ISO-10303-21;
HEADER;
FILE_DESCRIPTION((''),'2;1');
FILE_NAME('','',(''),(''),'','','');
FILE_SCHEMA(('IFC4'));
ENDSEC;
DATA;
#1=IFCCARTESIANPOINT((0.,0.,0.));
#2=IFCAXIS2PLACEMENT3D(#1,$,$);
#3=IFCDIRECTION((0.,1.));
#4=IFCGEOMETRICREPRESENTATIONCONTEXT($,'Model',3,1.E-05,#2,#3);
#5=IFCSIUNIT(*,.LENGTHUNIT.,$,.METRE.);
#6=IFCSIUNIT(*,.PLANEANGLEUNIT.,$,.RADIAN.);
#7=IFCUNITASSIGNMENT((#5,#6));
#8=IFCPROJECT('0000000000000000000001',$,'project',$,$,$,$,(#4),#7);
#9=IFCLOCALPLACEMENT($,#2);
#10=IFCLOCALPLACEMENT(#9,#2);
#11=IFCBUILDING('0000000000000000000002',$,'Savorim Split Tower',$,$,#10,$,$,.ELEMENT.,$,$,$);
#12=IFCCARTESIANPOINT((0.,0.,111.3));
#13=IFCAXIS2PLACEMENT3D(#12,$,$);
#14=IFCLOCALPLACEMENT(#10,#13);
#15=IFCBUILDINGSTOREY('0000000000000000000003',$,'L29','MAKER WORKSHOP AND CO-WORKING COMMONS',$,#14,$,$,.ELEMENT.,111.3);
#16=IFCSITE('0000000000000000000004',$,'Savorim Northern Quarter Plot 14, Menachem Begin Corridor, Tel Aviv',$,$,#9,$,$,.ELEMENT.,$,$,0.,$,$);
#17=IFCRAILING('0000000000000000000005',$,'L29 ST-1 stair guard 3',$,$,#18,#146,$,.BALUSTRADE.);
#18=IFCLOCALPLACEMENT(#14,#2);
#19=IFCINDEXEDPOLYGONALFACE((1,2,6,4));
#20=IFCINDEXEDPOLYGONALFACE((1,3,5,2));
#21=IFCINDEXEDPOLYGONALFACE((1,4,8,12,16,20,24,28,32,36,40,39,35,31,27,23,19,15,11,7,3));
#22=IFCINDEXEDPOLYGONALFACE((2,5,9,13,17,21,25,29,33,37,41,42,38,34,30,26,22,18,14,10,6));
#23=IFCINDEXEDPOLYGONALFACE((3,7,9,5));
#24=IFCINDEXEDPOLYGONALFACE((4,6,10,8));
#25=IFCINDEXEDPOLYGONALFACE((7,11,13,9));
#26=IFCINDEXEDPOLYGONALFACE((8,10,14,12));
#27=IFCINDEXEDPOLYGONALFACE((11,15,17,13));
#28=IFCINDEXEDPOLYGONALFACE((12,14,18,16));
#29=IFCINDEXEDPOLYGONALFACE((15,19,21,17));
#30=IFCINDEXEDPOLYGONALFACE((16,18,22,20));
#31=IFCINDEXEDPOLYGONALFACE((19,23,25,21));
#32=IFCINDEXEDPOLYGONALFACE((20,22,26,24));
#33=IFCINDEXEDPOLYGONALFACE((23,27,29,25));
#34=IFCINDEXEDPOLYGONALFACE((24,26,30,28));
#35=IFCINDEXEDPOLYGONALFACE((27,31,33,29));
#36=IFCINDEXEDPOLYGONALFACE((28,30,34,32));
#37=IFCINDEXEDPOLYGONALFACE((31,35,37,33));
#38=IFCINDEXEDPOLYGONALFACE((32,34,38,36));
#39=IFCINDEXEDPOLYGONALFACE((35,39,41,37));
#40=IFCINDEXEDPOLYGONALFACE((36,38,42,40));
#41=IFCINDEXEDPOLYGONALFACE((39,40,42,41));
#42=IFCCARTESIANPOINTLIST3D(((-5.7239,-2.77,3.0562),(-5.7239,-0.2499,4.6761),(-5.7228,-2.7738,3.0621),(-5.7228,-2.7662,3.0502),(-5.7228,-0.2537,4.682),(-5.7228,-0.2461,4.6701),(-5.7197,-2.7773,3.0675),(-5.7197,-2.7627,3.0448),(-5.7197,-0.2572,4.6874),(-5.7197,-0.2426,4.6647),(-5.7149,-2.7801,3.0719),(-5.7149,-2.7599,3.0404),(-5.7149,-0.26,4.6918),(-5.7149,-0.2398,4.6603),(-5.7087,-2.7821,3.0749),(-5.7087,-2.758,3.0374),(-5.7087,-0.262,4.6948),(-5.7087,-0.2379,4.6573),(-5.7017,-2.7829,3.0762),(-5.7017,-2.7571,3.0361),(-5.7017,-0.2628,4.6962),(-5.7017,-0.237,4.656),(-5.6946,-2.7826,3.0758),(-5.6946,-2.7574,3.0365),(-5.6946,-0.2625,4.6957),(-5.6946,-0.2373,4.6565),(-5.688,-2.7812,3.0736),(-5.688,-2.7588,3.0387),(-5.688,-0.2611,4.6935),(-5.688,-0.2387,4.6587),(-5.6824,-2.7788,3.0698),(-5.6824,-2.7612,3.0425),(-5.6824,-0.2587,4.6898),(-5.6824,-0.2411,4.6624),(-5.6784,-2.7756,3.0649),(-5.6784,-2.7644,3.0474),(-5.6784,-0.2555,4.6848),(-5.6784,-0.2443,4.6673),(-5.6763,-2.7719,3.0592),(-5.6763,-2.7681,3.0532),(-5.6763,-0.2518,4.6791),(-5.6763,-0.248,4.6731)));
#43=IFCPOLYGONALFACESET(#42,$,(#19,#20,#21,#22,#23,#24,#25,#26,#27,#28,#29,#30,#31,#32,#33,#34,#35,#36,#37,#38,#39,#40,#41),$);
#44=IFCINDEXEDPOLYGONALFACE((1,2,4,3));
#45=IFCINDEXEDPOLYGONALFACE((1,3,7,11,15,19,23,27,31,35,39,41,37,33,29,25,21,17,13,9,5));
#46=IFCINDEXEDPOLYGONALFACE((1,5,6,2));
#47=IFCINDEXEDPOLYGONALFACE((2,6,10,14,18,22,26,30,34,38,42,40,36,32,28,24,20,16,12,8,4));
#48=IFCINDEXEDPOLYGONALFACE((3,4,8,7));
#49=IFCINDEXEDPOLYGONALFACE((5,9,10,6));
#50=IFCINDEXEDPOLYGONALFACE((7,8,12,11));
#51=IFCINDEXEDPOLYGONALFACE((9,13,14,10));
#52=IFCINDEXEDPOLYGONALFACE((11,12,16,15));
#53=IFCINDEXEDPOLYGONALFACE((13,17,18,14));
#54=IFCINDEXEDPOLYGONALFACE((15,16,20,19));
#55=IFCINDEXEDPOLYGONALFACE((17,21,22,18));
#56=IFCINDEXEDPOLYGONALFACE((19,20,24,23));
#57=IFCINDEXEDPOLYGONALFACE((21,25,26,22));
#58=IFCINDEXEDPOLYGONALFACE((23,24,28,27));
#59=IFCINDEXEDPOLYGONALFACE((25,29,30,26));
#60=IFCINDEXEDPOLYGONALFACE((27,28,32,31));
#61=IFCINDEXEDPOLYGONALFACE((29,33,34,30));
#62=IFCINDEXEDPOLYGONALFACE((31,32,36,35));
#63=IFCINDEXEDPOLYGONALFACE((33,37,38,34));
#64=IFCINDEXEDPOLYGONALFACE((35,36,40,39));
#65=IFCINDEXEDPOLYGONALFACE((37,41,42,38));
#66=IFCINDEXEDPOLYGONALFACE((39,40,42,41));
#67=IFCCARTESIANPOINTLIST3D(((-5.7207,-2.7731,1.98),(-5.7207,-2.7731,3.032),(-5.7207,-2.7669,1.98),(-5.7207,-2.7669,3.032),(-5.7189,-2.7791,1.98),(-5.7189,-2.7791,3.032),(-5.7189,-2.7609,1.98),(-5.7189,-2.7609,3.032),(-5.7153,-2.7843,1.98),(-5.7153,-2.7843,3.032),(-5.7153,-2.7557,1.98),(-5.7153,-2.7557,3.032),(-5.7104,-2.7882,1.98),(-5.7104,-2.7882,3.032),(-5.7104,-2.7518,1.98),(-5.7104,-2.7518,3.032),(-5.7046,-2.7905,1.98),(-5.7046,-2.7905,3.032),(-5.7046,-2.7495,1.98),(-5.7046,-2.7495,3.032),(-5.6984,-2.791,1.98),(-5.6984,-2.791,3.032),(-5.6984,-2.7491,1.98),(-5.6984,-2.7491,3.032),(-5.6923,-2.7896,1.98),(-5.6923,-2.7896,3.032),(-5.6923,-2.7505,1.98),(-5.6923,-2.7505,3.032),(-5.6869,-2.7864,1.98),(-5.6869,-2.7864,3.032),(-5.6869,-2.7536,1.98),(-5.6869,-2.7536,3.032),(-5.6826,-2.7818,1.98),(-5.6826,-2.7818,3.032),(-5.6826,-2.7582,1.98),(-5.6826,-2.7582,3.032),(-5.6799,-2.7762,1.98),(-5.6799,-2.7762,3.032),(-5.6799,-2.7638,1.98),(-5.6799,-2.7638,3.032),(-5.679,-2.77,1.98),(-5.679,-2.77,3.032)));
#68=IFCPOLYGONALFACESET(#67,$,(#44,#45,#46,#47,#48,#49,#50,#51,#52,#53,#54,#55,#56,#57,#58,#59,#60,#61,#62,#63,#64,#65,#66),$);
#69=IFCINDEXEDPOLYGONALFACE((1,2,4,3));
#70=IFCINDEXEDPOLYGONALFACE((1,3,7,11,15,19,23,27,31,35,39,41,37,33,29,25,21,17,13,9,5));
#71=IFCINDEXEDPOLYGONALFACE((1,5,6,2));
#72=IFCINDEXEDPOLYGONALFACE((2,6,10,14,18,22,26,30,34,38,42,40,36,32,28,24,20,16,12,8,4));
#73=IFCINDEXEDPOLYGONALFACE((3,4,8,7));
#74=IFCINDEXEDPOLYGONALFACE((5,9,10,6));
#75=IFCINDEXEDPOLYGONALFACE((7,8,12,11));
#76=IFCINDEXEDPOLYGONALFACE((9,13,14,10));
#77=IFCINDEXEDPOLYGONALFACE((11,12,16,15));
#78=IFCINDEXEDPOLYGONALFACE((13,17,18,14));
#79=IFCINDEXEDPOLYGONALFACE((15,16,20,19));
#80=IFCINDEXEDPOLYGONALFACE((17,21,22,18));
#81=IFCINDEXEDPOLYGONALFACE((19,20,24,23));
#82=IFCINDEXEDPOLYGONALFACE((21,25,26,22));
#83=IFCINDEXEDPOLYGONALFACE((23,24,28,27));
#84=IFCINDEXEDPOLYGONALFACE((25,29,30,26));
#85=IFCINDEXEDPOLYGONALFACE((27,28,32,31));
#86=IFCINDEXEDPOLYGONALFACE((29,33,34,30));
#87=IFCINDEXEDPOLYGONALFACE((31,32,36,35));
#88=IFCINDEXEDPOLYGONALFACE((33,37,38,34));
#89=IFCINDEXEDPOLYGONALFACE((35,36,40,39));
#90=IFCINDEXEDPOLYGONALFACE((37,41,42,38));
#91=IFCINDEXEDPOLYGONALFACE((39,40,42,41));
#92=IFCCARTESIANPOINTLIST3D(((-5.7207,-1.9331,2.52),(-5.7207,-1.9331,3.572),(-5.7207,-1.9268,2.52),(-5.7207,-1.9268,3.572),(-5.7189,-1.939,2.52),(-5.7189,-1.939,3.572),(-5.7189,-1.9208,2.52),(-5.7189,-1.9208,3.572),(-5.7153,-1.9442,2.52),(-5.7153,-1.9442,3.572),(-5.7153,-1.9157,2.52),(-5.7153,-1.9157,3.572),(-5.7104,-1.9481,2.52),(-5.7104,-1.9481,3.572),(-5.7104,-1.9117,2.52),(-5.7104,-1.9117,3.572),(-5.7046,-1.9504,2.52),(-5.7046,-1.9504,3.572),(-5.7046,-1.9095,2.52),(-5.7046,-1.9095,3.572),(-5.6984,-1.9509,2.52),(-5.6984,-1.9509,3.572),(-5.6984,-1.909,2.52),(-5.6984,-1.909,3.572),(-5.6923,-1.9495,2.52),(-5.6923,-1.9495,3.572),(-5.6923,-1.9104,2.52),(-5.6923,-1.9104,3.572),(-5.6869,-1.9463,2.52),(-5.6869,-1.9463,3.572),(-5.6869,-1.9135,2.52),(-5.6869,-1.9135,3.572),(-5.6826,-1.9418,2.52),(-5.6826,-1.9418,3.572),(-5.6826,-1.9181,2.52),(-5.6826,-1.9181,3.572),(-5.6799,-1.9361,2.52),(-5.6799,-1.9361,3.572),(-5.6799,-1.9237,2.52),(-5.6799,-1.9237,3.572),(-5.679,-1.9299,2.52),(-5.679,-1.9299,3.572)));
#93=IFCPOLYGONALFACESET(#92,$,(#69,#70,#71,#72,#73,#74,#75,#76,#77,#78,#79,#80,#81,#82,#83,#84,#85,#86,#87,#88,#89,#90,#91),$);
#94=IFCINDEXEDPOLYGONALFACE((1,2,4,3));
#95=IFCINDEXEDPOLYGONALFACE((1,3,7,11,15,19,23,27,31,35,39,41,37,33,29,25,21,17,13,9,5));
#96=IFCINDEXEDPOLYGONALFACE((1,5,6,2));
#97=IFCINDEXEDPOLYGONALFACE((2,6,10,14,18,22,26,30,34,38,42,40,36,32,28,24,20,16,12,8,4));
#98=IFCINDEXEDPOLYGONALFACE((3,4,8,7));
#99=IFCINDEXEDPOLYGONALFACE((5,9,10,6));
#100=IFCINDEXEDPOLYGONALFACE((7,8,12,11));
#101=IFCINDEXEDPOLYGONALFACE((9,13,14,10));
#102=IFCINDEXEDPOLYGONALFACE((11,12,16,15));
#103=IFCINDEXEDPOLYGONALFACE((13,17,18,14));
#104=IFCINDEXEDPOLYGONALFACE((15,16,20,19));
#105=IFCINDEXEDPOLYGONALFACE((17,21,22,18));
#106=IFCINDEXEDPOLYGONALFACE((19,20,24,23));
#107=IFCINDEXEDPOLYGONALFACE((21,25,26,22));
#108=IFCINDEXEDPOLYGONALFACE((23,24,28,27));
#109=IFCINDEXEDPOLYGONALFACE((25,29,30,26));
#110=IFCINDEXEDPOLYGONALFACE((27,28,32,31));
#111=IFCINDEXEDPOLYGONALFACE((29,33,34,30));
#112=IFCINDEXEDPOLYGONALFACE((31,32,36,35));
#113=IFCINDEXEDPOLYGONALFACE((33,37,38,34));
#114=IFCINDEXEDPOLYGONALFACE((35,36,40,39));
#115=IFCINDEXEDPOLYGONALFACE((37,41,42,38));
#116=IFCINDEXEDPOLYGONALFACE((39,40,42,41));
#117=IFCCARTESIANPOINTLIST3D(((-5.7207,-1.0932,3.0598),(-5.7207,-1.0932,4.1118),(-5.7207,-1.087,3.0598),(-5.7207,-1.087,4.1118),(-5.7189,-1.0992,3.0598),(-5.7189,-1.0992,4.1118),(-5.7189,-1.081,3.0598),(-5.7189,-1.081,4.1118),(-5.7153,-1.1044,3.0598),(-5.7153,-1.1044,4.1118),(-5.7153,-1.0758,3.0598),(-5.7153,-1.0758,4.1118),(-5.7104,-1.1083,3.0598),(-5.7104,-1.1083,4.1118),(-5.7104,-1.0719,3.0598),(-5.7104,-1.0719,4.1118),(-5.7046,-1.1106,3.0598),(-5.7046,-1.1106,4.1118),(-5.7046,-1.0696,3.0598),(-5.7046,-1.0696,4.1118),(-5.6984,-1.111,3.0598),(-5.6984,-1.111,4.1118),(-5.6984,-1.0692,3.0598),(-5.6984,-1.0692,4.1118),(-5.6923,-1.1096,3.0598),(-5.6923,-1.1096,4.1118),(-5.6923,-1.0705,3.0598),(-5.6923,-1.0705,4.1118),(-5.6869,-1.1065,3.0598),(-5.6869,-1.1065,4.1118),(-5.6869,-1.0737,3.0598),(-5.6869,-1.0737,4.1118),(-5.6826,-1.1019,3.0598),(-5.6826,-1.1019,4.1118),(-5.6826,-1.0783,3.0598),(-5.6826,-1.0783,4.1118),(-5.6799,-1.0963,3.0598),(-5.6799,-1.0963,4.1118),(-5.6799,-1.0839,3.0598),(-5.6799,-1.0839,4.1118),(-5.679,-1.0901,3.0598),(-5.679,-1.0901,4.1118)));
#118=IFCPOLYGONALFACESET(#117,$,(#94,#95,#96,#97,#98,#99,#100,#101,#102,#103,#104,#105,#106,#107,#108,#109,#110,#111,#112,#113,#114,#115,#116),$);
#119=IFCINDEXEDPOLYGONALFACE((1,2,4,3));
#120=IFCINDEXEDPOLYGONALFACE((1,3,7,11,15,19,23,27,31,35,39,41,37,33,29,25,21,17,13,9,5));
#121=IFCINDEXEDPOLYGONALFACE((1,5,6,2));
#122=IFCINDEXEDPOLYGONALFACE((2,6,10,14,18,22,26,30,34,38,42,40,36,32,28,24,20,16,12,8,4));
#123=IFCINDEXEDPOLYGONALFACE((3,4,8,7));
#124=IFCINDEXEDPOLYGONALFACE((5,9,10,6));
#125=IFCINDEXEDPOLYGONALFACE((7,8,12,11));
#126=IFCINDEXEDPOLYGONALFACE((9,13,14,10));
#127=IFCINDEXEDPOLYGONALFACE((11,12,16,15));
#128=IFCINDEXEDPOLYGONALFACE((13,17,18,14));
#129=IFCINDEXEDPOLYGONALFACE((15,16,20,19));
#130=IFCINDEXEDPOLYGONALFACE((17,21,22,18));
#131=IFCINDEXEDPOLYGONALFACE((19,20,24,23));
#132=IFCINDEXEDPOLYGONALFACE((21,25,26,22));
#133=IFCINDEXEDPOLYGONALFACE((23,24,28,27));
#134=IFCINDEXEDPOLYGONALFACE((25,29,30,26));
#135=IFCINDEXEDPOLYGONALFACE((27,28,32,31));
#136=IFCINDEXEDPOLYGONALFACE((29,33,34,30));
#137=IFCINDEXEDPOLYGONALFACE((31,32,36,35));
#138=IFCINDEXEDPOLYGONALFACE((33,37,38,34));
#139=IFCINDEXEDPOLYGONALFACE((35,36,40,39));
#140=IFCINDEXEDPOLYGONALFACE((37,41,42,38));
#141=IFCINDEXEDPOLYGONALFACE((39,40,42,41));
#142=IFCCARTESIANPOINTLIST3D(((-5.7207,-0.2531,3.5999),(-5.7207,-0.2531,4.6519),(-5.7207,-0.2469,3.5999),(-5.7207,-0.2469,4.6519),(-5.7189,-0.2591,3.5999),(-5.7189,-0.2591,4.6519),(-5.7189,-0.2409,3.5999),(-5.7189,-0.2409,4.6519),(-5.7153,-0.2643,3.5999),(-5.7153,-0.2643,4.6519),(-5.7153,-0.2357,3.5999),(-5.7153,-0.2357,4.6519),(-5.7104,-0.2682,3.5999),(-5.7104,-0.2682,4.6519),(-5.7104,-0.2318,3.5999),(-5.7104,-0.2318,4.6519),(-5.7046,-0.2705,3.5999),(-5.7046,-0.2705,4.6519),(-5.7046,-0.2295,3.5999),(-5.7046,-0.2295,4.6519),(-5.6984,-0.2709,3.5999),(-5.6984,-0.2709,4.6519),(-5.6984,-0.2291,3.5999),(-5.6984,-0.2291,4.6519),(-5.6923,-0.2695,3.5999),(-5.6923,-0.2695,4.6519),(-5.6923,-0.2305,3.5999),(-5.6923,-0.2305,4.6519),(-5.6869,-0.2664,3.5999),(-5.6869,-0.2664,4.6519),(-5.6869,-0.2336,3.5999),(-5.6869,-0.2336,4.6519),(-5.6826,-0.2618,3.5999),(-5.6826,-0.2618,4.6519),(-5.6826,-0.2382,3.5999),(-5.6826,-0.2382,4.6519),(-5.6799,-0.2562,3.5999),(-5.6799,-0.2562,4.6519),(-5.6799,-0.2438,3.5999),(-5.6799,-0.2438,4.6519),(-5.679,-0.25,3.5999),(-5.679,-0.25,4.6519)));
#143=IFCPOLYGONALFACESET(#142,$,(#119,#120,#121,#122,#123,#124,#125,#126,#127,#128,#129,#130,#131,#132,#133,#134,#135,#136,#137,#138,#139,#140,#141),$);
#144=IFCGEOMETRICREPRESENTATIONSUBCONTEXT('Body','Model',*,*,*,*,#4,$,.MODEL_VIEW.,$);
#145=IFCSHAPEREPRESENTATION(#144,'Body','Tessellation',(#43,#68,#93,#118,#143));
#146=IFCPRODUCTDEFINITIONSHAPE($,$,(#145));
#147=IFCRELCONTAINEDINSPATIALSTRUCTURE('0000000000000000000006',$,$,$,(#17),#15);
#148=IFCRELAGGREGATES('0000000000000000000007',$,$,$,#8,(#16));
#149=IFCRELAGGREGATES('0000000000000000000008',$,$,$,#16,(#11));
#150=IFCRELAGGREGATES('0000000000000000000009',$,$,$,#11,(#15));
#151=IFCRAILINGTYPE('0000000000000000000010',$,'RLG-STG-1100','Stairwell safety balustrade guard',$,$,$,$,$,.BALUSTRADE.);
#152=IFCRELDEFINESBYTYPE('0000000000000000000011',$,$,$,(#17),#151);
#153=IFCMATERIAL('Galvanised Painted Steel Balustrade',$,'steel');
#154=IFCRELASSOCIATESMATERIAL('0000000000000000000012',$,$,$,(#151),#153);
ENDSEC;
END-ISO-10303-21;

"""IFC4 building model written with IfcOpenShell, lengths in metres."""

from ifc_helpers import new_model, si_unit, direction, frame, origin, origin_2d, place, context, subcontext, project, spatial, circle, extrude, material, type_object, element, save


model = new_model("IFC4")

# Units and contexts
model_context = context("Model", 3, precision=1e-05, world=origin(), true_north=direction((0.0, 1.0)))
body_context = subcontext(model_context, "Body", "Model", "MODEL_VIEW")
ifc_project = project(units=[si_unit("LENGTHUNIT", "METRE"), si_unit("PLANEANGLEUNIT", "RADIAN")], contexts=[model_context])

# Site, building, storey
site_placement = place(None, origin())
site = spatial("IfcSite", under=ifc_project, at=site_placement, Name="Savorim Northern Quarter Plot 14, Menachem Begin Corridor, Tel Aviv", CompositionType="ELEMENT", RefElevation=0.0)
building_placement = place(site_placement, origin())
building = spatial("IfcBuilding", under=site, at=building_placement, Name="Savorim Split Tower", CompositionType="ELEMENT")
storey_placement = place(building_placement, frame((0.0, 0.0, 111.3)))
storey = spatial("IfcBuildingStorey", under=building, at=storey_placement, Name="L29", Description="MAKER WORKSHOP AND CO-WORKING COMMONS", CompositionType="ELEMENT", Elevation=111.3)

# Railing
ifc_material_1 = material(Name="Galvanised Painted Steel Balustrade", Category="steel")
railing_type_1 = type_object("IfcRailingType", Name="RLG-STG-1100", Description="Stairwell safety balustrade guard", PredefinedType="BALUSTRADE", material=ifc_material_1)
railing_1_placement = place(storey_placement, frame((-5.7, -2.77, 1.98)))
element("IfcRailing", 1, at=railing_1_placement, inside=storey, type_object=railing_type_1, Name="L29 ST-1 stair guard 3", PredefinedType="BALUSTRADE", context=body_context, shape_type="SweptSolid", body=[
    extrude(circle(Radius=0.0239, at=origin_2d()), frame((0.0, 0.0, 1.0762), z_axis=(0.0, 0.8412, 0.540725), x_axis=(-1.0, 0.0, 0.0)), (0.0, 0.0, 1.0), 2.9958),
    extrude(circle(Radius=0.021, at=origin_2d()), origin(), (0.0, 0.0, 1.0), 1.052),
    extrude(circle(Radius=0.021, at=origin_2d()), frame((0.0, 0.8401, 0.54)), (0.0, 0.0, 1.0), 1.052),
    extrude(circle(Radius=0.021, at=origin_2d()), frame((0.0, 1.6799, 1.0798)), (0.0, 0.0, 1.0), 1.052),
    extrude(circle(Radius=0.021, at=origin_2d()), frame((0.0, 2.52, 1.6199)), (0.0, 0.0, 1.0), 1.052),
])

save(model, "model.ifc")
